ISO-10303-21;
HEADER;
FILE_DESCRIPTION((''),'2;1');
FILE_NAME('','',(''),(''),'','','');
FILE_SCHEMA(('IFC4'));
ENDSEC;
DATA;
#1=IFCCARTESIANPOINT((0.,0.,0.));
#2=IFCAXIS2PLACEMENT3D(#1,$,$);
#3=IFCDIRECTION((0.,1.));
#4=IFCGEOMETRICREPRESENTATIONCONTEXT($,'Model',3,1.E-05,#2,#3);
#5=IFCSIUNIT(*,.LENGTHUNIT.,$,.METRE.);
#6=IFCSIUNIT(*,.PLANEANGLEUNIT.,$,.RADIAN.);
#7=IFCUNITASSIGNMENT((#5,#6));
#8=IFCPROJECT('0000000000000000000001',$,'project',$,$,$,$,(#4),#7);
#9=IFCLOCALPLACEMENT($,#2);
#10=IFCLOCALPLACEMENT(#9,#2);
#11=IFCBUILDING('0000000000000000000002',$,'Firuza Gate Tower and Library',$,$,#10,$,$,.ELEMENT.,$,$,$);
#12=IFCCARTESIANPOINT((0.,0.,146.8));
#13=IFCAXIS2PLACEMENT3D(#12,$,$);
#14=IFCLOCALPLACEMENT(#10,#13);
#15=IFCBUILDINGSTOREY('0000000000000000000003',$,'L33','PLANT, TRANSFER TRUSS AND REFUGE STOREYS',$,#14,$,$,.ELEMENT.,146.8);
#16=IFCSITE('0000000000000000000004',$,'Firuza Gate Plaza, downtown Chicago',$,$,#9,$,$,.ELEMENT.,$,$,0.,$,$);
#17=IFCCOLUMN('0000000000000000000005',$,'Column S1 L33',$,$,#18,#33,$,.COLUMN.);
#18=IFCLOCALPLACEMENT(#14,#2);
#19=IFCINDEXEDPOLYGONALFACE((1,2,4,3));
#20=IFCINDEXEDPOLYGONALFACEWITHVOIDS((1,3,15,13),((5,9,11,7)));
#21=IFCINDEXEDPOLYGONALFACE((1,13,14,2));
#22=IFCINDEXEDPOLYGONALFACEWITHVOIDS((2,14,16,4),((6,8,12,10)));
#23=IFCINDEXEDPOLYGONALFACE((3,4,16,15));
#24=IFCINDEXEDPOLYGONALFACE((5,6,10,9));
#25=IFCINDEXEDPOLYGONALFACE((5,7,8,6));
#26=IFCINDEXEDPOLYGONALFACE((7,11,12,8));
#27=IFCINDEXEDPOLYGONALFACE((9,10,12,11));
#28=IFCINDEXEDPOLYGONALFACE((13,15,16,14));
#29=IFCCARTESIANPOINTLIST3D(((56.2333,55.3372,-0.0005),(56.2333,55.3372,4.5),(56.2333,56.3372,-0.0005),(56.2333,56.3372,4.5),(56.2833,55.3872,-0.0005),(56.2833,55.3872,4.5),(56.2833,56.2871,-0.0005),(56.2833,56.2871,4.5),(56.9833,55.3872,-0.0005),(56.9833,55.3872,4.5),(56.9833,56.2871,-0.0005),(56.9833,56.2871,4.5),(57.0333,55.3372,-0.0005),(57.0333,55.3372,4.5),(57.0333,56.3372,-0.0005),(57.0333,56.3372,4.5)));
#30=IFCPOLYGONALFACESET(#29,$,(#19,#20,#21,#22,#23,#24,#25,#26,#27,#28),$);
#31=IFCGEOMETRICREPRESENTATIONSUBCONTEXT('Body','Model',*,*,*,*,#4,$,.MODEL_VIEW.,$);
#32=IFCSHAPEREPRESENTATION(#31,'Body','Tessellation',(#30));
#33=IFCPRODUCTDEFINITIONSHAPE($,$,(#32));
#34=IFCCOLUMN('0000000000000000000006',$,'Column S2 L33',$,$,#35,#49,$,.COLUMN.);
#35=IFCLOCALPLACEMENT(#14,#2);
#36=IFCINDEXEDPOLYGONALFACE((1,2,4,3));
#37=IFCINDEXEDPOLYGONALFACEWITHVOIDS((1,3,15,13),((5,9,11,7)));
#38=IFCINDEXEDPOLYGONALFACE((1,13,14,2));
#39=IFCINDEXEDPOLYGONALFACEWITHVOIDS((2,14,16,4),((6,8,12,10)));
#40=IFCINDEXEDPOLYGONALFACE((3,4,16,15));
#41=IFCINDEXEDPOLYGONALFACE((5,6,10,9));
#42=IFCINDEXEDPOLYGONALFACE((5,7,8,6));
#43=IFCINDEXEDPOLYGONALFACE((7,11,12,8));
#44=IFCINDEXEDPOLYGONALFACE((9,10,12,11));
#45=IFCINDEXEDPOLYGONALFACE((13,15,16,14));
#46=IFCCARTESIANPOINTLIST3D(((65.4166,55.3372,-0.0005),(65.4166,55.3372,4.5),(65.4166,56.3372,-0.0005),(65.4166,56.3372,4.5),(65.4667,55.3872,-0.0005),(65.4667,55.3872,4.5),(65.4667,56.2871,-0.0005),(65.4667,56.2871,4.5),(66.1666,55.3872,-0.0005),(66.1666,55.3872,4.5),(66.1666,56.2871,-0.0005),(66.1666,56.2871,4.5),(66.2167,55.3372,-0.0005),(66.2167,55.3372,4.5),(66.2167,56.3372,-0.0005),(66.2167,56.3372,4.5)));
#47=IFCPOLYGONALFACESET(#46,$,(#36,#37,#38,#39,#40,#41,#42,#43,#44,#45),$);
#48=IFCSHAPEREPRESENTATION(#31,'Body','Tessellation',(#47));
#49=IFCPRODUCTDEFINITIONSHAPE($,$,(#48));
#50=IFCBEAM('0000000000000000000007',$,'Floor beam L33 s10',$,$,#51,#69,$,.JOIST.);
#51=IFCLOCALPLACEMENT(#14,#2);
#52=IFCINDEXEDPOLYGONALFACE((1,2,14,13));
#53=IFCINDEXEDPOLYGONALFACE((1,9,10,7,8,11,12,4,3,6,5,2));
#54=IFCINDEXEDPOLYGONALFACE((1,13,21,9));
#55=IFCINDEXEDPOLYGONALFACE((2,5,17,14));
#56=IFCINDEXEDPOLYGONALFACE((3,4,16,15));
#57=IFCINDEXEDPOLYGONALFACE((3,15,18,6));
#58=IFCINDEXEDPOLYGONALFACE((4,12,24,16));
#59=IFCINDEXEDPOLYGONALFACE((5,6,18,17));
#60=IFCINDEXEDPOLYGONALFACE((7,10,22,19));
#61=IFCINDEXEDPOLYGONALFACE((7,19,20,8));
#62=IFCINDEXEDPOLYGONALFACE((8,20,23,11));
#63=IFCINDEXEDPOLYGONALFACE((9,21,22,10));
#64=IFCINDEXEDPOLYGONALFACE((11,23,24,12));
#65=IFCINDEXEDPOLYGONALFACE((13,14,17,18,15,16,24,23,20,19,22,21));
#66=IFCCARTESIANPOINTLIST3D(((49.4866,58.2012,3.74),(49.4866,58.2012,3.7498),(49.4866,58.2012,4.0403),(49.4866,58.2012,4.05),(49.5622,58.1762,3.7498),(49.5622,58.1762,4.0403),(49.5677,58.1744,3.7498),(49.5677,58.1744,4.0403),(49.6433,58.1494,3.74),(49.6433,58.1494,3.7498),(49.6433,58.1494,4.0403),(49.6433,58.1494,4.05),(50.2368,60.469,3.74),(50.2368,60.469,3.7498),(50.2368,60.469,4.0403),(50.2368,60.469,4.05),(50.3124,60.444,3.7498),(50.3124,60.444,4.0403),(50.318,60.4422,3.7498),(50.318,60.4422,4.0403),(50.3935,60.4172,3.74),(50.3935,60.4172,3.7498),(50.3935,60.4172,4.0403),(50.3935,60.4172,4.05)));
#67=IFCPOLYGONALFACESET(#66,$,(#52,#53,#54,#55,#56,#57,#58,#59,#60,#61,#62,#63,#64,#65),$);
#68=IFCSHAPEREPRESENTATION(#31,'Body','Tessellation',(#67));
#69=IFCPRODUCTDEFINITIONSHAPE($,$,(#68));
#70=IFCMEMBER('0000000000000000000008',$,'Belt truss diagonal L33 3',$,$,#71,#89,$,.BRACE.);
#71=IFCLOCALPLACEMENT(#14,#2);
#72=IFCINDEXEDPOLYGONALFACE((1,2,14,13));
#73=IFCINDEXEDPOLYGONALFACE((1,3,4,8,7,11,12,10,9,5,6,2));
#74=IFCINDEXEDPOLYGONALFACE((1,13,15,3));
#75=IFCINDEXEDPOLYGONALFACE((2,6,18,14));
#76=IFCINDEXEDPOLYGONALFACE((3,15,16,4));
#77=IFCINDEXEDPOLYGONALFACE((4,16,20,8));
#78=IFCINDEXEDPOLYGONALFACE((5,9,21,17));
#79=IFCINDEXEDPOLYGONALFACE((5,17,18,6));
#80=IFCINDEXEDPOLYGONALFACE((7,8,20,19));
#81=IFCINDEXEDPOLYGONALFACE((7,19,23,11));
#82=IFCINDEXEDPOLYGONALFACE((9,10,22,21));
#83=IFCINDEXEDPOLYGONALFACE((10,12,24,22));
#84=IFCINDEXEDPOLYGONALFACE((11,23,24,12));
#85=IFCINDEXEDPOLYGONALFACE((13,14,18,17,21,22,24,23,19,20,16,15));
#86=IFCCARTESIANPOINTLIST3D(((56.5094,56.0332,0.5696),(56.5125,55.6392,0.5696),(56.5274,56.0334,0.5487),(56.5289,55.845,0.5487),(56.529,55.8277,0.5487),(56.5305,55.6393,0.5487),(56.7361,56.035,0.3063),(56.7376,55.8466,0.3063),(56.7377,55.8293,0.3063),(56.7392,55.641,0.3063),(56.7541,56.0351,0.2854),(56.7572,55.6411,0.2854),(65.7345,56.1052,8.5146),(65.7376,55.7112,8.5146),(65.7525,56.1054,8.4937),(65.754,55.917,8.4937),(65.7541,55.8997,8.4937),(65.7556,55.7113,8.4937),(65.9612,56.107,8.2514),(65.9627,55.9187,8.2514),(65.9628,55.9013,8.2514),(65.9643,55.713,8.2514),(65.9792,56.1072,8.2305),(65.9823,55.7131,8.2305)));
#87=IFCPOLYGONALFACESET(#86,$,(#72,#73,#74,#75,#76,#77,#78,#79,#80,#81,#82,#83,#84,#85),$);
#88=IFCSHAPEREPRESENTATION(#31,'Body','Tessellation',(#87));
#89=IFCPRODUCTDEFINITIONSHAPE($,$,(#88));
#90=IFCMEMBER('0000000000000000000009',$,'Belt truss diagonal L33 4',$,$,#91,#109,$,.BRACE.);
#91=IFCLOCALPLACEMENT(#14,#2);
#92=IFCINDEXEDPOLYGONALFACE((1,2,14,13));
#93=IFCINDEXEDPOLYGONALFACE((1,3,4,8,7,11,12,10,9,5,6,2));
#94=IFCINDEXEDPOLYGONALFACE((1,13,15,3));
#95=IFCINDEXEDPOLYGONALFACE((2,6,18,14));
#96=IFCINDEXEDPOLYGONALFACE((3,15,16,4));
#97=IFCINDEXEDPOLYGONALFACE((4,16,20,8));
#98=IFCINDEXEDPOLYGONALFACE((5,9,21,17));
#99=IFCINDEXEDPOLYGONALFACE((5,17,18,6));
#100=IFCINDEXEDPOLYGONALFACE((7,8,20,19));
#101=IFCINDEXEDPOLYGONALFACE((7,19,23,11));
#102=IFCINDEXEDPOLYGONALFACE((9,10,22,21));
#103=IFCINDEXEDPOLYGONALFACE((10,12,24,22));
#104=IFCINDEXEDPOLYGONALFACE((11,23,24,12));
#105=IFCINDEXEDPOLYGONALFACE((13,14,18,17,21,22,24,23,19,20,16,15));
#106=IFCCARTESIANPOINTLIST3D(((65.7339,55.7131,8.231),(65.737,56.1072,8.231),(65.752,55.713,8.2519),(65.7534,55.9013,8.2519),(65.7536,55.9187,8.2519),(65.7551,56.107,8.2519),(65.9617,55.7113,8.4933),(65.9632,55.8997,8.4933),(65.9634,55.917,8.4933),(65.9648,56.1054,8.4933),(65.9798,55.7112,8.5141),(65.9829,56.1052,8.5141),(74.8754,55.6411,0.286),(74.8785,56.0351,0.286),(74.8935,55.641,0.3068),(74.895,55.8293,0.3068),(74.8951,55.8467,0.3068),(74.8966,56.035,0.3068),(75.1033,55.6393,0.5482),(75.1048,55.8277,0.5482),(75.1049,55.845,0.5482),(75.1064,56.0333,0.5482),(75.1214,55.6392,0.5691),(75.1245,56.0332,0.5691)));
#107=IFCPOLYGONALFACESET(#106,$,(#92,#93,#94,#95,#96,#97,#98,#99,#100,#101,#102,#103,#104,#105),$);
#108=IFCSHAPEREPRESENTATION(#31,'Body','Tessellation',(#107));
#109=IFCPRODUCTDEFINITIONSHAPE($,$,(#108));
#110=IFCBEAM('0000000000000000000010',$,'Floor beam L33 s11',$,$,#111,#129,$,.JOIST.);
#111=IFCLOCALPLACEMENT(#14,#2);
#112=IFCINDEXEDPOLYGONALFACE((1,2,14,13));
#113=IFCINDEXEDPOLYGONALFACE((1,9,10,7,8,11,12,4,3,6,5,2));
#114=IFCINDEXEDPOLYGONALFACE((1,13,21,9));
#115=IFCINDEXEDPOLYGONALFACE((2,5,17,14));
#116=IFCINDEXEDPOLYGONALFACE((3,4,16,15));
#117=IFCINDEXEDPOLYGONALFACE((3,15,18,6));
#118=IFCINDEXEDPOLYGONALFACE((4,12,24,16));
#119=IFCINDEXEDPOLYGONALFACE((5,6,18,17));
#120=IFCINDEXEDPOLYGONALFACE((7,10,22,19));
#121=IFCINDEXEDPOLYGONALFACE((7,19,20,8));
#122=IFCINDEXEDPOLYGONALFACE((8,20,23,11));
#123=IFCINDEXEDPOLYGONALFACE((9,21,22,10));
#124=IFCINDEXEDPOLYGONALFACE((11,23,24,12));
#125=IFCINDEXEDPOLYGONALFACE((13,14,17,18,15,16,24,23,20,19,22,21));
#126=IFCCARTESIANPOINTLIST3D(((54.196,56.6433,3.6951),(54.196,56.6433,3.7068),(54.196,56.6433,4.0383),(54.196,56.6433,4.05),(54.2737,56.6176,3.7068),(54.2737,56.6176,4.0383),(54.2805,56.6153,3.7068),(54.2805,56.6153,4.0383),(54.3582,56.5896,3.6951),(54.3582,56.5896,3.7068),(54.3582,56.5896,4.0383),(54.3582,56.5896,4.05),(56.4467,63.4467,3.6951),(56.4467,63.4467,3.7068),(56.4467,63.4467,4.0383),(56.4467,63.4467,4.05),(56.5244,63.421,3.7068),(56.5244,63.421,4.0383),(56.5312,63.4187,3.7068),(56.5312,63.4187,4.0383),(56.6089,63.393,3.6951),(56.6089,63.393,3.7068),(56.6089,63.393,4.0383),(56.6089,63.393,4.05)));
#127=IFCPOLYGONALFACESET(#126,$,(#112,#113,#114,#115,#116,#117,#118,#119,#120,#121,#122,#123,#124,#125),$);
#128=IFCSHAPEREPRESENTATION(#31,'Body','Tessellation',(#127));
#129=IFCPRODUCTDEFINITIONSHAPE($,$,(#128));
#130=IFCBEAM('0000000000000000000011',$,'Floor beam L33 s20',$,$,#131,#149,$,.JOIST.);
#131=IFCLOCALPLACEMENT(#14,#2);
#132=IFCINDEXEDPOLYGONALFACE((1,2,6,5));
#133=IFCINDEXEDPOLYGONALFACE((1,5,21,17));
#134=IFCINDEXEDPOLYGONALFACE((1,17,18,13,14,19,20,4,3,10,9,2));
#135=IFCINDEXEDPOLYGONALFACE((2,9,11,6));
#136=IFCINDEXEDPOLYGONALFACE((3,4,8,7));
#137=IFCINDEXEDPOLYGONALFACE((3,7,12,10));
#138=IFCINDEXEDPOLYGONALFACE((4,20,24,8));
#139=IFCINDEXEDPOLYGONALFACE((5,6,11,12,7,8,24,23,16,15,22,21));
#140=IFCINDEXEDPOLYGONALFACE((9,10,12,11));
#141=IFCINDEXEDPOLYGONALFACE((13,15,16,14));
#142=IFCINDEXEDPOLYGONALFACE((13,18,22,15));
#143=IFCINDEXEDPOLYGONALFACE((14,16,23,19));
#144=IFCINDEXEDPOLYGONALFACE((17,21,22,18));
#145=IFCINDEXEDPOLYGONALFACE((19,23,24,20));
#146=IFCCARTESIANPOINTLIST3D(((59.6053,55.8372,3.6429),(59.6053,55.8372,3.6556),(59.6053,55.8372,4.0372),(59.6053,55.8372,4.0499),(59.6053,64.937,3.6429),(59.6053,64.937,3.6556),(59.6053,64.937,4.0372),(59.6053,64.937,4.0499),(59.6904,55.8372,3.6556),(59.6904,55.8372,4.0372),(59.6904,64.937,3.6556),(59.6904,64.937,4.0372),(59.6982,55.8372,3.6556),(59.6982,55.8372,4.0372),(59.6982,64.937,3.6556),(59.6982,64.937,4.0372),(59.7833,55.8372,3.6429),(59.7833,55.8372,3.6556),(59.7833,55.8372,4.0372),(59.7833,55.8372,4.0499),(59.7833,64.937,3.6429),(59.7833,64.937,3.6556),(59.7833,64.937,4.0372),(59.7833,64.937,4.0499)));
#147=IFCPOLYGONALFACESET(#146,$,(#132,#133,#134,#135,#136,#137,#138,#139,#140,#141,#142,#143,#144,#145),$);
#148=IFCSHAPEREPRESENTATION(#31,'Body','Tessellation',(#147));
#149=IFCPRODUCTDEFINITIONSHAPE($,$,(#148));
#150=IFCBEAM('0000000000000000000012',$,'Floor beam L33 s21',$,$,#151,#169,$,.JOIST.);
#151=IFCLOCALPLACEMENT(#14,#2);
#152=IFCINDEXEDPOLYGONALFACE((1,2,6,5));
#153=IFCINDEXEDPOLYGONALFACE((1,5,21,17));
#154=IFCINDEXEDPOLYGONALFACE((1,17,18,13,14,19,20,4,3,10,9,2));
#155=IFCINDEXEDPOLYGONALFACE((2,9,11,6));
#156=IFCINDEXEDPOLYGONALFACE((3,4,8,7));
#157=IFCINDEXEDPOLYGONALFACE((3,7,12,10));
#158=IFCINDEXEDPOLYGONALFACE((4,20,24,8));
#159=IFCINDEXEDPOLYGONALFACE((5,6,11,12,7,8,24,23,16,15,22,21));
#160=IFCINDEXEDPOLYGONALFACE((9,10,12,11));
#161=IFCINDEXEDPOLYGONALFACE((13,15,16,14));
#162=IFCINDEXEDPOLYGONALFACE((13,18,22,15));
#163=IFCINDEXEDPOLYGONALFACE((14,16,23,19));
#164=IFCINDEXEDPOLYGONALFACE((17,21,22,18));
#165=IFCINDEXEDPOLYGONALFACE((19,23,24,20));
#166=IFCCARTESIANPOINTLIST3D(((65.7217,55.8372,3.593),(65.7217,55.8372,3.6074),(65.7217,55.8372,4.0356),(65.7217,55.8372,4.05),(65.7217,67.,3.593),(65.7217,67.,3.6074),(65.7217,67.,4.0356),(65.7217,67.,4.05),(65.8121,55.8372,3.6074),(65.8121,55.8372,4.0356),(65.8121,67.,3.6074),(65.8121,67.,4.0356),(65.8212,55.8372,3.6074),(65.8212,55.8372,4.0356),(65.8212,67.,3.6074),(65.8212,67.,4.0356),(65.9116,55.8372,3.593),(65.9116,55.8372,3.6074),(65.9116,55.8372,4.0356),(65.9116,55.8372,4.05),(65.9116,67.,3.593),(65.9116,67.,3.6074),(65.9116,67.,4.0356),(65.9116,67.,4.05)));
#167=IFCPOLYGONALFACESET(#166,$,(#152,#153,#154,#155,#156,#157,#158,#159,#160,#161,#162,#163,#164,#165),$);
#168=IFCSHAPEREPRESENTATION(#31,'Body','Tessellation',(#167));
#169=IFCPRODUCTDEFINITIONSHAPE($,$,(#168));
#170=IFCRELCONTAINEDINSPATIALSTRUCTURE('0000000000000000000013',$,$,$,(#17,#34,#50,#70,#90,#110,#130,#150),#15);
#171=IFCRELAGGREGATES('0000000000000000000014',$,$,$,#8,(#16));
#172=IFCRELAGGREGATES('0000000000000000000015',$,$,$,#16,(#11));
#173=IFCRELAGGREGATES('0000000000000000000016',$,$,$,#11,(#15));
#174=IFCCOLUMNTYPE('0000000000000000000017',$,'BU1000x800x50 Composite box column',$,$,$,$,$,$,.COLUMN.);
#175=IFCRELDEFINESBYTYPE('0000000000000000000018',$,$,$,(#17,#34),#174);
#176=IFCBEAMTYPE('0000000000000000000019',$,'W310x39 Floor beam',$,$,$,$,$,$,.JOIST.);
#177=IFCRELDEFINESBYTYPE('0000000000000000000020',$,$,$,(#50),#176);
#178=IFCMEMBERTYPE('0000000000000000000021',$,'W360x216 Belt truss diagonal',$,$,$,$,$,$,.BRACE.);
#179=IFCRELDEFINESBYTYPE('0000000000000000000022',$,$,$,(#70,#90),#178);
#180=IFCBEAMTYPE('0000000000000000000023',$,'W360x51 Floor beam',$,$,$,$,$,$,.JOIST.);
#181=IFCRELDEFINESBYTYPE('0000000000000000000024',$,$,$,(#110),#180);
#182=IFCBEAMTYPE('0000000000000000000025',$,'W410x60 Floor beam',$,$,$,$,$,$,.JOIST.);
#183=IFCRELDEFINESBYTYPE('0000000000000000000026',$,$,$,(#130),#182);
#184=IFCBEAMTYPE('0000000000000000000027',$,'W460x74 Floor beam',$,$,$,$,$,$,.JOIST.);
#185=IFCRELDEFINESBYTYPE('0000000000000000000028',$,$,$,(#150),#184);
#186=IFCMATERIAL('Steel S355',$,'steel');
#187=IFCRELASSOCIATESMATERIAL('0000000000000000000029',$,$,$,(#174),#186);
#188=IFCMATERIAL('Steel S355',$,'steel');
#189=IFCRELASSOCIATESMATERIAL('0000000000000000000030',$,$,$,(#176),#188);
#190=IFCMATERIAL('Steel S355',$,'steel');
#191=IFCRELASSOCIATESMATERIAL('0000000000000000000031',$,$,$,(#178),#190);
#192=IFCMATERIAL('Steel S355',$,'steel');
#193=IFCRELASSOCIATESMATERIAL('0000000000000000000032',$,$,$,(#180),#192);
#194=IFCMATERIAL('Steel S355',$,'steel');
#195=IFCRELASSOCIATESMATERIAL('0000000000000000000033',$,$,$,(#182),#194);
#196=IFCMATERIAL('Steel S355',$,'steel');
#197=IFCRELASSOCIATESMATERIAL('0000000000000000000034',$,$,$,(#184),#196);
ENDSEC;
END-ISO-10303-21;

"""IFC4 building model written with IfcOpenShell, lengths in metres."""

from ifc_helpers import new_model, si_unit, direction, frame, origin, origin_2d, place, context, subcontext, project, spatial, hollow_rectangle, i_section, extrude, material, material_profile, profile_set, type_object, element, save


model = new_model("IFC4")

# Units and contexts
model_context = context("Model", 3, precision=1e-05, world=origin(), true_north=direction((0.0, 1.0)))
body_context = subcontext(model_context, "Body", "Model", "MODEL_VIEW")
ifc_project = project(units=[si_unit("LENGTHUNIT", "METRE"), si_unit("PLANEANGLEUNIT", "RADIAN")], contexts=[model_context])

# Site, building, storey
site_placement = place(None, origin())
site = spatial("IfcSite", under=ifc_project, at=site_placement, Name="Firuza Gate Plaza, downtown Chicago", CompositionType="ELEMENT", RefElevation=0.0)
building_placement = place(site_placement, origin())
building = spatial("IfcBuilding", under=site, at=building_placement, Name="Firuza Gate Tower and Library", CompositionType="ELEMENT")
storey_placement = place(building_placement, frame((0.0, 0.0, 146.8)))
storey = spatial("IfcBuildingStorey", under=building, at=storey_placement, Name="L33", Description="PLANT, TRANSFER TRUSS AND REFUGE STOREYS", CompositionType="ELEMENT", Elevation=146.8)

# Columns
ifc_material_1 = material(Name="Steel S355", Category="steel")
ifc_material_profile_1 = material_profile(ifc_material_1, hollow_rectangle(XDim=0.8, YDim=1.0, WallThickness=0.05, at=origin_2d()))
ifc_profile_set_1 = profile_set([ifc_material_profile_1], Name="Steel S355")
column_type = type_object("IfcColumnType", Name="BU1000x800x50 Composite box column", PredefinedType="COLUMN", material=ifc_profile_set_1)
for number, where, z_axis, x_axis, name in (
    (1, (56.6333, 55.8372, -0.0005), (0.0, 0.0, 1.0), (1.0, 0.0, 0.0), "Column S1 L33"),
    (2, (65.8167, 55.8372, -0.0005), (0.0, 0.0, 1.0), (1.0, 0.0, 0.0), "Column S2 L33"),
):
    element("IfcColumn", number, at=place(storey_placement, frame(where, z_axis=z_axis, x_axis=x_axis)), inside=storey, type_object=column_type, Name=name, PredefinedType="COLUMN", context=body_context, shape_type="SweptSolid", body=[
        extrude(hollow_rectangle(XDim=0.8, YDim=1.0, WallThickness=0.05, at=origin_2d()), origin(), (0.0, 0.0, 1.0), 4.5005),
    ])

# Beam
ifc_material_2 = material(Name="Steel S355", Category="steel")
ifc_material_profile_2 = material_profile(ifc_material_2, i_section(OverallWidth=0.165, OverallDepth=0.3101, WebThickness=0.0059, FlangeThickness=0.0098, at=origin_2d()))
ifc_profile_set_2 = profile_set([ifc_material_profile_2], Name="Steel S355")
beam_type_1 = type_object("IfcBeamType", Name="W310x39 Floor beam", PredefinedType="JOIST", material=ifc_profile_set_2)
beam_1_placement = place(storey_placement, frame((49.5649, 58.1753, 3.895), z_axis=(0.314081, 0.949396, 0.0), x_axis=(-0.949396, 0.314081, 0.0)))
element("IfcBeam", 3, at=beam_1_placement, inside=storey, type_object=beam_type_1, Name="Floor beam L33 s10", PredefinedType="JOIST", context=body_context, shape_type="SweptSolid", body=[
    extrude(i_section(OverallWidth=0.165, OverallDepth=0.3101, WebThickness=0.0059, FlangeThickness=0.0098, at=origin_2d()), origin(), (0.0, 0.0, 1.0), 2.3887),
])

# Members
ifc_material_3 = material(Name="Steel S355", Category="steel")
ifc_material_profile_3 = material_profile(ifc_material_3, i_section(OverallWidth=0.394, OverallDepth=0.375, WebThickness=0.0173, FlangeThickness=0.0276, at=origin_2d()))
ifc_profile_set_3 = profile_set([ifc_material_profile_3], Name="Steel S355")
member_type_1 = type_object("IfcMemberType", Name="W360x216 Belt truss diagonal", PredefinedType="BRACE", material=ifc_profile_set_3)
member_1_placement = place(storey_placement, frame((56.6333, 55.8372, 0.4275), z_axis=(0.757705, 0.005916, 0.65257), x_axis=(-0.007807, 0.99997, 0.0)))
element("IfcMember", 4, at=member_1_placement, inside=storey, type_object=member_type_1, Name="Belt truss diagonal L33 3", PredefinedType="BRACE", context=body_context, shape_type="SweptSolid", body=[
    extrude(i_section(OverallWidth=0.394, OverallDepth=0.375, WebThickness=0.0173, FlangeThickness=0.0276, at=origin_2d()), origin(), (0.0, 0.0, 1.0), 12.175),
])
member_2_placement = place(storey_placement, frame((65.8584, 55.9092, 8.3726), z_axis=(0.754762, -0.005946, -0.655972), x_axis=(0.007878, 0.999969, 0.0)))
element("IfcMember", 5, at=member_2_placement, inside=storey, type_object=member_type_1, Name="Belt truss diagonal L33 4", PredefinedType="BRACE", context=body_context, shape_type="SweptSolid", body=[
    extrude(i_section(OverallWidth=0.394, OverallDepth=0.375, WebThickness=0.0173, FlangeThickness=0.0276, at=origin_2d()), origin(), (0.0, 0.0, 1.0), 12.1118),
])

# Beams
ifc_material_4 = material(Name="Steel S355", Category="steel")
ifc_material_profile_4 = material_profile(ifc_material_4, i_section(OverallWidth=0.1709, OverallDepth=0.355, WebThickness=0.0071, FlangeThickness=0.0117, at=origin_2d()))
ifc_profile_set_4 = profile_set([ifc_material_profile_4], Name="Steel S355")
beam_type_2 = type_object("IfcBeamType", Name="W360x51 Floor beam", PredefinedType="JOIST", material=ifc_profile_set_4)
beam_2_placement = place(storey_placement, frame((54.2771, 56.6165, 3.8726), z_axis=(0.314081, 0.949396, 0.0), x_axis=(-0.949396, 0.314081, 0.0)))
element("IfcBeam", 6, at=beam_2_placement, inside=storey, type_object=beam_type_2, Name="Floor beam L33 s11", PredefinedType="JOIST", context=body_context, shape_type="SweptSolid", body=[
    extrude(i_section(OverallWidth=0.1709, OverallDepth=0.355, WebThickness=0.0071, FlangeThickness=0.0117, at=origin_2d()), origin(), (0.0, 0.0, 1.0), 7.166),
])
ifc_material_5 = material(Name="Steel S355", Category="steel")
ifc_material_profile_5 = material_profile(ifc_material_5, i_section(OverallWidth=0.178, OverallDepth=0.407, WebThickness=0.0078, FlangeThickness=0.0127, at=origin_2d()))
ifc_profile_set_5 = profile_set([ifc_material_profile_5], Name="Steel S355")
beam_type_3 = type_object("IfcBeamType", Name="W410x60 Floor beam", PredefinedType="JOIST", material=ifc_profile_set_5)
beam_3_placement = place(storey_placement, frame((59.6943, 55.8372, 3.8464), z_axis=(0.0, 1.0, 0.0), x_axis=(-1.0, 0.0, 0.0)))
element("IfcBeam", 7, at=beam_3_placement, inside=storey, type_object=beam_type_3, Name="Floor beam L33 s20", PredefinedType="JOIST", context=body_context, shape_type="SweptSolid", body=[
    extrude(i_section(OverallWidth=0.178, OverallDepth=0.407, WebThickness=0.0078, FlangeThickness=0.0127, at=origin_2d()), origin(), (0.0, 0.0, 1.0), 9.0999),
])
ifc_material_6 = material(Name="Steel S355", Category="steel")
ifc_material_profile_6 = material_profile(ifc_material_6, i_section(OverallWidth=0.1899, OverallDepth=0.457, WebThickness=0.009, FlangeThickness=0.0144, at=origin_2d()))
ifc_profile_set_6 = profile_set([ifc_material_profile_6], Name="Steel S355")
beam_type_4 = type_object("IfcBeamType", Name="W460x74 Floor beam", PredefinedType="JOIST", material=ifc_profile_set_6)
beam_4_placement = place(storey_placement, frame((65.8167, 55.8372, 3.8215), z_axis=(0.0, 1.0, 0.0), x_axis=(-1.0, 0.0, 0.0)))
element("IfcBeam", 8, at=beam_4_placement, inside=storey, type_object=beam_type_4, Name="Floor beam L33 s21", PredefinedType="JOIST", context=body_context, shape_type="SweptSolid", body=[
    extrude(i_section(OverallWidth=0.1899, OverallDepth=0.457, WebThickness=0.009, FlangeThickness=0.0144, at=origin_2d()), origin(), (0.0, 0.0, 1.0), 11.1628),
])

save(model, "model.ifc")
